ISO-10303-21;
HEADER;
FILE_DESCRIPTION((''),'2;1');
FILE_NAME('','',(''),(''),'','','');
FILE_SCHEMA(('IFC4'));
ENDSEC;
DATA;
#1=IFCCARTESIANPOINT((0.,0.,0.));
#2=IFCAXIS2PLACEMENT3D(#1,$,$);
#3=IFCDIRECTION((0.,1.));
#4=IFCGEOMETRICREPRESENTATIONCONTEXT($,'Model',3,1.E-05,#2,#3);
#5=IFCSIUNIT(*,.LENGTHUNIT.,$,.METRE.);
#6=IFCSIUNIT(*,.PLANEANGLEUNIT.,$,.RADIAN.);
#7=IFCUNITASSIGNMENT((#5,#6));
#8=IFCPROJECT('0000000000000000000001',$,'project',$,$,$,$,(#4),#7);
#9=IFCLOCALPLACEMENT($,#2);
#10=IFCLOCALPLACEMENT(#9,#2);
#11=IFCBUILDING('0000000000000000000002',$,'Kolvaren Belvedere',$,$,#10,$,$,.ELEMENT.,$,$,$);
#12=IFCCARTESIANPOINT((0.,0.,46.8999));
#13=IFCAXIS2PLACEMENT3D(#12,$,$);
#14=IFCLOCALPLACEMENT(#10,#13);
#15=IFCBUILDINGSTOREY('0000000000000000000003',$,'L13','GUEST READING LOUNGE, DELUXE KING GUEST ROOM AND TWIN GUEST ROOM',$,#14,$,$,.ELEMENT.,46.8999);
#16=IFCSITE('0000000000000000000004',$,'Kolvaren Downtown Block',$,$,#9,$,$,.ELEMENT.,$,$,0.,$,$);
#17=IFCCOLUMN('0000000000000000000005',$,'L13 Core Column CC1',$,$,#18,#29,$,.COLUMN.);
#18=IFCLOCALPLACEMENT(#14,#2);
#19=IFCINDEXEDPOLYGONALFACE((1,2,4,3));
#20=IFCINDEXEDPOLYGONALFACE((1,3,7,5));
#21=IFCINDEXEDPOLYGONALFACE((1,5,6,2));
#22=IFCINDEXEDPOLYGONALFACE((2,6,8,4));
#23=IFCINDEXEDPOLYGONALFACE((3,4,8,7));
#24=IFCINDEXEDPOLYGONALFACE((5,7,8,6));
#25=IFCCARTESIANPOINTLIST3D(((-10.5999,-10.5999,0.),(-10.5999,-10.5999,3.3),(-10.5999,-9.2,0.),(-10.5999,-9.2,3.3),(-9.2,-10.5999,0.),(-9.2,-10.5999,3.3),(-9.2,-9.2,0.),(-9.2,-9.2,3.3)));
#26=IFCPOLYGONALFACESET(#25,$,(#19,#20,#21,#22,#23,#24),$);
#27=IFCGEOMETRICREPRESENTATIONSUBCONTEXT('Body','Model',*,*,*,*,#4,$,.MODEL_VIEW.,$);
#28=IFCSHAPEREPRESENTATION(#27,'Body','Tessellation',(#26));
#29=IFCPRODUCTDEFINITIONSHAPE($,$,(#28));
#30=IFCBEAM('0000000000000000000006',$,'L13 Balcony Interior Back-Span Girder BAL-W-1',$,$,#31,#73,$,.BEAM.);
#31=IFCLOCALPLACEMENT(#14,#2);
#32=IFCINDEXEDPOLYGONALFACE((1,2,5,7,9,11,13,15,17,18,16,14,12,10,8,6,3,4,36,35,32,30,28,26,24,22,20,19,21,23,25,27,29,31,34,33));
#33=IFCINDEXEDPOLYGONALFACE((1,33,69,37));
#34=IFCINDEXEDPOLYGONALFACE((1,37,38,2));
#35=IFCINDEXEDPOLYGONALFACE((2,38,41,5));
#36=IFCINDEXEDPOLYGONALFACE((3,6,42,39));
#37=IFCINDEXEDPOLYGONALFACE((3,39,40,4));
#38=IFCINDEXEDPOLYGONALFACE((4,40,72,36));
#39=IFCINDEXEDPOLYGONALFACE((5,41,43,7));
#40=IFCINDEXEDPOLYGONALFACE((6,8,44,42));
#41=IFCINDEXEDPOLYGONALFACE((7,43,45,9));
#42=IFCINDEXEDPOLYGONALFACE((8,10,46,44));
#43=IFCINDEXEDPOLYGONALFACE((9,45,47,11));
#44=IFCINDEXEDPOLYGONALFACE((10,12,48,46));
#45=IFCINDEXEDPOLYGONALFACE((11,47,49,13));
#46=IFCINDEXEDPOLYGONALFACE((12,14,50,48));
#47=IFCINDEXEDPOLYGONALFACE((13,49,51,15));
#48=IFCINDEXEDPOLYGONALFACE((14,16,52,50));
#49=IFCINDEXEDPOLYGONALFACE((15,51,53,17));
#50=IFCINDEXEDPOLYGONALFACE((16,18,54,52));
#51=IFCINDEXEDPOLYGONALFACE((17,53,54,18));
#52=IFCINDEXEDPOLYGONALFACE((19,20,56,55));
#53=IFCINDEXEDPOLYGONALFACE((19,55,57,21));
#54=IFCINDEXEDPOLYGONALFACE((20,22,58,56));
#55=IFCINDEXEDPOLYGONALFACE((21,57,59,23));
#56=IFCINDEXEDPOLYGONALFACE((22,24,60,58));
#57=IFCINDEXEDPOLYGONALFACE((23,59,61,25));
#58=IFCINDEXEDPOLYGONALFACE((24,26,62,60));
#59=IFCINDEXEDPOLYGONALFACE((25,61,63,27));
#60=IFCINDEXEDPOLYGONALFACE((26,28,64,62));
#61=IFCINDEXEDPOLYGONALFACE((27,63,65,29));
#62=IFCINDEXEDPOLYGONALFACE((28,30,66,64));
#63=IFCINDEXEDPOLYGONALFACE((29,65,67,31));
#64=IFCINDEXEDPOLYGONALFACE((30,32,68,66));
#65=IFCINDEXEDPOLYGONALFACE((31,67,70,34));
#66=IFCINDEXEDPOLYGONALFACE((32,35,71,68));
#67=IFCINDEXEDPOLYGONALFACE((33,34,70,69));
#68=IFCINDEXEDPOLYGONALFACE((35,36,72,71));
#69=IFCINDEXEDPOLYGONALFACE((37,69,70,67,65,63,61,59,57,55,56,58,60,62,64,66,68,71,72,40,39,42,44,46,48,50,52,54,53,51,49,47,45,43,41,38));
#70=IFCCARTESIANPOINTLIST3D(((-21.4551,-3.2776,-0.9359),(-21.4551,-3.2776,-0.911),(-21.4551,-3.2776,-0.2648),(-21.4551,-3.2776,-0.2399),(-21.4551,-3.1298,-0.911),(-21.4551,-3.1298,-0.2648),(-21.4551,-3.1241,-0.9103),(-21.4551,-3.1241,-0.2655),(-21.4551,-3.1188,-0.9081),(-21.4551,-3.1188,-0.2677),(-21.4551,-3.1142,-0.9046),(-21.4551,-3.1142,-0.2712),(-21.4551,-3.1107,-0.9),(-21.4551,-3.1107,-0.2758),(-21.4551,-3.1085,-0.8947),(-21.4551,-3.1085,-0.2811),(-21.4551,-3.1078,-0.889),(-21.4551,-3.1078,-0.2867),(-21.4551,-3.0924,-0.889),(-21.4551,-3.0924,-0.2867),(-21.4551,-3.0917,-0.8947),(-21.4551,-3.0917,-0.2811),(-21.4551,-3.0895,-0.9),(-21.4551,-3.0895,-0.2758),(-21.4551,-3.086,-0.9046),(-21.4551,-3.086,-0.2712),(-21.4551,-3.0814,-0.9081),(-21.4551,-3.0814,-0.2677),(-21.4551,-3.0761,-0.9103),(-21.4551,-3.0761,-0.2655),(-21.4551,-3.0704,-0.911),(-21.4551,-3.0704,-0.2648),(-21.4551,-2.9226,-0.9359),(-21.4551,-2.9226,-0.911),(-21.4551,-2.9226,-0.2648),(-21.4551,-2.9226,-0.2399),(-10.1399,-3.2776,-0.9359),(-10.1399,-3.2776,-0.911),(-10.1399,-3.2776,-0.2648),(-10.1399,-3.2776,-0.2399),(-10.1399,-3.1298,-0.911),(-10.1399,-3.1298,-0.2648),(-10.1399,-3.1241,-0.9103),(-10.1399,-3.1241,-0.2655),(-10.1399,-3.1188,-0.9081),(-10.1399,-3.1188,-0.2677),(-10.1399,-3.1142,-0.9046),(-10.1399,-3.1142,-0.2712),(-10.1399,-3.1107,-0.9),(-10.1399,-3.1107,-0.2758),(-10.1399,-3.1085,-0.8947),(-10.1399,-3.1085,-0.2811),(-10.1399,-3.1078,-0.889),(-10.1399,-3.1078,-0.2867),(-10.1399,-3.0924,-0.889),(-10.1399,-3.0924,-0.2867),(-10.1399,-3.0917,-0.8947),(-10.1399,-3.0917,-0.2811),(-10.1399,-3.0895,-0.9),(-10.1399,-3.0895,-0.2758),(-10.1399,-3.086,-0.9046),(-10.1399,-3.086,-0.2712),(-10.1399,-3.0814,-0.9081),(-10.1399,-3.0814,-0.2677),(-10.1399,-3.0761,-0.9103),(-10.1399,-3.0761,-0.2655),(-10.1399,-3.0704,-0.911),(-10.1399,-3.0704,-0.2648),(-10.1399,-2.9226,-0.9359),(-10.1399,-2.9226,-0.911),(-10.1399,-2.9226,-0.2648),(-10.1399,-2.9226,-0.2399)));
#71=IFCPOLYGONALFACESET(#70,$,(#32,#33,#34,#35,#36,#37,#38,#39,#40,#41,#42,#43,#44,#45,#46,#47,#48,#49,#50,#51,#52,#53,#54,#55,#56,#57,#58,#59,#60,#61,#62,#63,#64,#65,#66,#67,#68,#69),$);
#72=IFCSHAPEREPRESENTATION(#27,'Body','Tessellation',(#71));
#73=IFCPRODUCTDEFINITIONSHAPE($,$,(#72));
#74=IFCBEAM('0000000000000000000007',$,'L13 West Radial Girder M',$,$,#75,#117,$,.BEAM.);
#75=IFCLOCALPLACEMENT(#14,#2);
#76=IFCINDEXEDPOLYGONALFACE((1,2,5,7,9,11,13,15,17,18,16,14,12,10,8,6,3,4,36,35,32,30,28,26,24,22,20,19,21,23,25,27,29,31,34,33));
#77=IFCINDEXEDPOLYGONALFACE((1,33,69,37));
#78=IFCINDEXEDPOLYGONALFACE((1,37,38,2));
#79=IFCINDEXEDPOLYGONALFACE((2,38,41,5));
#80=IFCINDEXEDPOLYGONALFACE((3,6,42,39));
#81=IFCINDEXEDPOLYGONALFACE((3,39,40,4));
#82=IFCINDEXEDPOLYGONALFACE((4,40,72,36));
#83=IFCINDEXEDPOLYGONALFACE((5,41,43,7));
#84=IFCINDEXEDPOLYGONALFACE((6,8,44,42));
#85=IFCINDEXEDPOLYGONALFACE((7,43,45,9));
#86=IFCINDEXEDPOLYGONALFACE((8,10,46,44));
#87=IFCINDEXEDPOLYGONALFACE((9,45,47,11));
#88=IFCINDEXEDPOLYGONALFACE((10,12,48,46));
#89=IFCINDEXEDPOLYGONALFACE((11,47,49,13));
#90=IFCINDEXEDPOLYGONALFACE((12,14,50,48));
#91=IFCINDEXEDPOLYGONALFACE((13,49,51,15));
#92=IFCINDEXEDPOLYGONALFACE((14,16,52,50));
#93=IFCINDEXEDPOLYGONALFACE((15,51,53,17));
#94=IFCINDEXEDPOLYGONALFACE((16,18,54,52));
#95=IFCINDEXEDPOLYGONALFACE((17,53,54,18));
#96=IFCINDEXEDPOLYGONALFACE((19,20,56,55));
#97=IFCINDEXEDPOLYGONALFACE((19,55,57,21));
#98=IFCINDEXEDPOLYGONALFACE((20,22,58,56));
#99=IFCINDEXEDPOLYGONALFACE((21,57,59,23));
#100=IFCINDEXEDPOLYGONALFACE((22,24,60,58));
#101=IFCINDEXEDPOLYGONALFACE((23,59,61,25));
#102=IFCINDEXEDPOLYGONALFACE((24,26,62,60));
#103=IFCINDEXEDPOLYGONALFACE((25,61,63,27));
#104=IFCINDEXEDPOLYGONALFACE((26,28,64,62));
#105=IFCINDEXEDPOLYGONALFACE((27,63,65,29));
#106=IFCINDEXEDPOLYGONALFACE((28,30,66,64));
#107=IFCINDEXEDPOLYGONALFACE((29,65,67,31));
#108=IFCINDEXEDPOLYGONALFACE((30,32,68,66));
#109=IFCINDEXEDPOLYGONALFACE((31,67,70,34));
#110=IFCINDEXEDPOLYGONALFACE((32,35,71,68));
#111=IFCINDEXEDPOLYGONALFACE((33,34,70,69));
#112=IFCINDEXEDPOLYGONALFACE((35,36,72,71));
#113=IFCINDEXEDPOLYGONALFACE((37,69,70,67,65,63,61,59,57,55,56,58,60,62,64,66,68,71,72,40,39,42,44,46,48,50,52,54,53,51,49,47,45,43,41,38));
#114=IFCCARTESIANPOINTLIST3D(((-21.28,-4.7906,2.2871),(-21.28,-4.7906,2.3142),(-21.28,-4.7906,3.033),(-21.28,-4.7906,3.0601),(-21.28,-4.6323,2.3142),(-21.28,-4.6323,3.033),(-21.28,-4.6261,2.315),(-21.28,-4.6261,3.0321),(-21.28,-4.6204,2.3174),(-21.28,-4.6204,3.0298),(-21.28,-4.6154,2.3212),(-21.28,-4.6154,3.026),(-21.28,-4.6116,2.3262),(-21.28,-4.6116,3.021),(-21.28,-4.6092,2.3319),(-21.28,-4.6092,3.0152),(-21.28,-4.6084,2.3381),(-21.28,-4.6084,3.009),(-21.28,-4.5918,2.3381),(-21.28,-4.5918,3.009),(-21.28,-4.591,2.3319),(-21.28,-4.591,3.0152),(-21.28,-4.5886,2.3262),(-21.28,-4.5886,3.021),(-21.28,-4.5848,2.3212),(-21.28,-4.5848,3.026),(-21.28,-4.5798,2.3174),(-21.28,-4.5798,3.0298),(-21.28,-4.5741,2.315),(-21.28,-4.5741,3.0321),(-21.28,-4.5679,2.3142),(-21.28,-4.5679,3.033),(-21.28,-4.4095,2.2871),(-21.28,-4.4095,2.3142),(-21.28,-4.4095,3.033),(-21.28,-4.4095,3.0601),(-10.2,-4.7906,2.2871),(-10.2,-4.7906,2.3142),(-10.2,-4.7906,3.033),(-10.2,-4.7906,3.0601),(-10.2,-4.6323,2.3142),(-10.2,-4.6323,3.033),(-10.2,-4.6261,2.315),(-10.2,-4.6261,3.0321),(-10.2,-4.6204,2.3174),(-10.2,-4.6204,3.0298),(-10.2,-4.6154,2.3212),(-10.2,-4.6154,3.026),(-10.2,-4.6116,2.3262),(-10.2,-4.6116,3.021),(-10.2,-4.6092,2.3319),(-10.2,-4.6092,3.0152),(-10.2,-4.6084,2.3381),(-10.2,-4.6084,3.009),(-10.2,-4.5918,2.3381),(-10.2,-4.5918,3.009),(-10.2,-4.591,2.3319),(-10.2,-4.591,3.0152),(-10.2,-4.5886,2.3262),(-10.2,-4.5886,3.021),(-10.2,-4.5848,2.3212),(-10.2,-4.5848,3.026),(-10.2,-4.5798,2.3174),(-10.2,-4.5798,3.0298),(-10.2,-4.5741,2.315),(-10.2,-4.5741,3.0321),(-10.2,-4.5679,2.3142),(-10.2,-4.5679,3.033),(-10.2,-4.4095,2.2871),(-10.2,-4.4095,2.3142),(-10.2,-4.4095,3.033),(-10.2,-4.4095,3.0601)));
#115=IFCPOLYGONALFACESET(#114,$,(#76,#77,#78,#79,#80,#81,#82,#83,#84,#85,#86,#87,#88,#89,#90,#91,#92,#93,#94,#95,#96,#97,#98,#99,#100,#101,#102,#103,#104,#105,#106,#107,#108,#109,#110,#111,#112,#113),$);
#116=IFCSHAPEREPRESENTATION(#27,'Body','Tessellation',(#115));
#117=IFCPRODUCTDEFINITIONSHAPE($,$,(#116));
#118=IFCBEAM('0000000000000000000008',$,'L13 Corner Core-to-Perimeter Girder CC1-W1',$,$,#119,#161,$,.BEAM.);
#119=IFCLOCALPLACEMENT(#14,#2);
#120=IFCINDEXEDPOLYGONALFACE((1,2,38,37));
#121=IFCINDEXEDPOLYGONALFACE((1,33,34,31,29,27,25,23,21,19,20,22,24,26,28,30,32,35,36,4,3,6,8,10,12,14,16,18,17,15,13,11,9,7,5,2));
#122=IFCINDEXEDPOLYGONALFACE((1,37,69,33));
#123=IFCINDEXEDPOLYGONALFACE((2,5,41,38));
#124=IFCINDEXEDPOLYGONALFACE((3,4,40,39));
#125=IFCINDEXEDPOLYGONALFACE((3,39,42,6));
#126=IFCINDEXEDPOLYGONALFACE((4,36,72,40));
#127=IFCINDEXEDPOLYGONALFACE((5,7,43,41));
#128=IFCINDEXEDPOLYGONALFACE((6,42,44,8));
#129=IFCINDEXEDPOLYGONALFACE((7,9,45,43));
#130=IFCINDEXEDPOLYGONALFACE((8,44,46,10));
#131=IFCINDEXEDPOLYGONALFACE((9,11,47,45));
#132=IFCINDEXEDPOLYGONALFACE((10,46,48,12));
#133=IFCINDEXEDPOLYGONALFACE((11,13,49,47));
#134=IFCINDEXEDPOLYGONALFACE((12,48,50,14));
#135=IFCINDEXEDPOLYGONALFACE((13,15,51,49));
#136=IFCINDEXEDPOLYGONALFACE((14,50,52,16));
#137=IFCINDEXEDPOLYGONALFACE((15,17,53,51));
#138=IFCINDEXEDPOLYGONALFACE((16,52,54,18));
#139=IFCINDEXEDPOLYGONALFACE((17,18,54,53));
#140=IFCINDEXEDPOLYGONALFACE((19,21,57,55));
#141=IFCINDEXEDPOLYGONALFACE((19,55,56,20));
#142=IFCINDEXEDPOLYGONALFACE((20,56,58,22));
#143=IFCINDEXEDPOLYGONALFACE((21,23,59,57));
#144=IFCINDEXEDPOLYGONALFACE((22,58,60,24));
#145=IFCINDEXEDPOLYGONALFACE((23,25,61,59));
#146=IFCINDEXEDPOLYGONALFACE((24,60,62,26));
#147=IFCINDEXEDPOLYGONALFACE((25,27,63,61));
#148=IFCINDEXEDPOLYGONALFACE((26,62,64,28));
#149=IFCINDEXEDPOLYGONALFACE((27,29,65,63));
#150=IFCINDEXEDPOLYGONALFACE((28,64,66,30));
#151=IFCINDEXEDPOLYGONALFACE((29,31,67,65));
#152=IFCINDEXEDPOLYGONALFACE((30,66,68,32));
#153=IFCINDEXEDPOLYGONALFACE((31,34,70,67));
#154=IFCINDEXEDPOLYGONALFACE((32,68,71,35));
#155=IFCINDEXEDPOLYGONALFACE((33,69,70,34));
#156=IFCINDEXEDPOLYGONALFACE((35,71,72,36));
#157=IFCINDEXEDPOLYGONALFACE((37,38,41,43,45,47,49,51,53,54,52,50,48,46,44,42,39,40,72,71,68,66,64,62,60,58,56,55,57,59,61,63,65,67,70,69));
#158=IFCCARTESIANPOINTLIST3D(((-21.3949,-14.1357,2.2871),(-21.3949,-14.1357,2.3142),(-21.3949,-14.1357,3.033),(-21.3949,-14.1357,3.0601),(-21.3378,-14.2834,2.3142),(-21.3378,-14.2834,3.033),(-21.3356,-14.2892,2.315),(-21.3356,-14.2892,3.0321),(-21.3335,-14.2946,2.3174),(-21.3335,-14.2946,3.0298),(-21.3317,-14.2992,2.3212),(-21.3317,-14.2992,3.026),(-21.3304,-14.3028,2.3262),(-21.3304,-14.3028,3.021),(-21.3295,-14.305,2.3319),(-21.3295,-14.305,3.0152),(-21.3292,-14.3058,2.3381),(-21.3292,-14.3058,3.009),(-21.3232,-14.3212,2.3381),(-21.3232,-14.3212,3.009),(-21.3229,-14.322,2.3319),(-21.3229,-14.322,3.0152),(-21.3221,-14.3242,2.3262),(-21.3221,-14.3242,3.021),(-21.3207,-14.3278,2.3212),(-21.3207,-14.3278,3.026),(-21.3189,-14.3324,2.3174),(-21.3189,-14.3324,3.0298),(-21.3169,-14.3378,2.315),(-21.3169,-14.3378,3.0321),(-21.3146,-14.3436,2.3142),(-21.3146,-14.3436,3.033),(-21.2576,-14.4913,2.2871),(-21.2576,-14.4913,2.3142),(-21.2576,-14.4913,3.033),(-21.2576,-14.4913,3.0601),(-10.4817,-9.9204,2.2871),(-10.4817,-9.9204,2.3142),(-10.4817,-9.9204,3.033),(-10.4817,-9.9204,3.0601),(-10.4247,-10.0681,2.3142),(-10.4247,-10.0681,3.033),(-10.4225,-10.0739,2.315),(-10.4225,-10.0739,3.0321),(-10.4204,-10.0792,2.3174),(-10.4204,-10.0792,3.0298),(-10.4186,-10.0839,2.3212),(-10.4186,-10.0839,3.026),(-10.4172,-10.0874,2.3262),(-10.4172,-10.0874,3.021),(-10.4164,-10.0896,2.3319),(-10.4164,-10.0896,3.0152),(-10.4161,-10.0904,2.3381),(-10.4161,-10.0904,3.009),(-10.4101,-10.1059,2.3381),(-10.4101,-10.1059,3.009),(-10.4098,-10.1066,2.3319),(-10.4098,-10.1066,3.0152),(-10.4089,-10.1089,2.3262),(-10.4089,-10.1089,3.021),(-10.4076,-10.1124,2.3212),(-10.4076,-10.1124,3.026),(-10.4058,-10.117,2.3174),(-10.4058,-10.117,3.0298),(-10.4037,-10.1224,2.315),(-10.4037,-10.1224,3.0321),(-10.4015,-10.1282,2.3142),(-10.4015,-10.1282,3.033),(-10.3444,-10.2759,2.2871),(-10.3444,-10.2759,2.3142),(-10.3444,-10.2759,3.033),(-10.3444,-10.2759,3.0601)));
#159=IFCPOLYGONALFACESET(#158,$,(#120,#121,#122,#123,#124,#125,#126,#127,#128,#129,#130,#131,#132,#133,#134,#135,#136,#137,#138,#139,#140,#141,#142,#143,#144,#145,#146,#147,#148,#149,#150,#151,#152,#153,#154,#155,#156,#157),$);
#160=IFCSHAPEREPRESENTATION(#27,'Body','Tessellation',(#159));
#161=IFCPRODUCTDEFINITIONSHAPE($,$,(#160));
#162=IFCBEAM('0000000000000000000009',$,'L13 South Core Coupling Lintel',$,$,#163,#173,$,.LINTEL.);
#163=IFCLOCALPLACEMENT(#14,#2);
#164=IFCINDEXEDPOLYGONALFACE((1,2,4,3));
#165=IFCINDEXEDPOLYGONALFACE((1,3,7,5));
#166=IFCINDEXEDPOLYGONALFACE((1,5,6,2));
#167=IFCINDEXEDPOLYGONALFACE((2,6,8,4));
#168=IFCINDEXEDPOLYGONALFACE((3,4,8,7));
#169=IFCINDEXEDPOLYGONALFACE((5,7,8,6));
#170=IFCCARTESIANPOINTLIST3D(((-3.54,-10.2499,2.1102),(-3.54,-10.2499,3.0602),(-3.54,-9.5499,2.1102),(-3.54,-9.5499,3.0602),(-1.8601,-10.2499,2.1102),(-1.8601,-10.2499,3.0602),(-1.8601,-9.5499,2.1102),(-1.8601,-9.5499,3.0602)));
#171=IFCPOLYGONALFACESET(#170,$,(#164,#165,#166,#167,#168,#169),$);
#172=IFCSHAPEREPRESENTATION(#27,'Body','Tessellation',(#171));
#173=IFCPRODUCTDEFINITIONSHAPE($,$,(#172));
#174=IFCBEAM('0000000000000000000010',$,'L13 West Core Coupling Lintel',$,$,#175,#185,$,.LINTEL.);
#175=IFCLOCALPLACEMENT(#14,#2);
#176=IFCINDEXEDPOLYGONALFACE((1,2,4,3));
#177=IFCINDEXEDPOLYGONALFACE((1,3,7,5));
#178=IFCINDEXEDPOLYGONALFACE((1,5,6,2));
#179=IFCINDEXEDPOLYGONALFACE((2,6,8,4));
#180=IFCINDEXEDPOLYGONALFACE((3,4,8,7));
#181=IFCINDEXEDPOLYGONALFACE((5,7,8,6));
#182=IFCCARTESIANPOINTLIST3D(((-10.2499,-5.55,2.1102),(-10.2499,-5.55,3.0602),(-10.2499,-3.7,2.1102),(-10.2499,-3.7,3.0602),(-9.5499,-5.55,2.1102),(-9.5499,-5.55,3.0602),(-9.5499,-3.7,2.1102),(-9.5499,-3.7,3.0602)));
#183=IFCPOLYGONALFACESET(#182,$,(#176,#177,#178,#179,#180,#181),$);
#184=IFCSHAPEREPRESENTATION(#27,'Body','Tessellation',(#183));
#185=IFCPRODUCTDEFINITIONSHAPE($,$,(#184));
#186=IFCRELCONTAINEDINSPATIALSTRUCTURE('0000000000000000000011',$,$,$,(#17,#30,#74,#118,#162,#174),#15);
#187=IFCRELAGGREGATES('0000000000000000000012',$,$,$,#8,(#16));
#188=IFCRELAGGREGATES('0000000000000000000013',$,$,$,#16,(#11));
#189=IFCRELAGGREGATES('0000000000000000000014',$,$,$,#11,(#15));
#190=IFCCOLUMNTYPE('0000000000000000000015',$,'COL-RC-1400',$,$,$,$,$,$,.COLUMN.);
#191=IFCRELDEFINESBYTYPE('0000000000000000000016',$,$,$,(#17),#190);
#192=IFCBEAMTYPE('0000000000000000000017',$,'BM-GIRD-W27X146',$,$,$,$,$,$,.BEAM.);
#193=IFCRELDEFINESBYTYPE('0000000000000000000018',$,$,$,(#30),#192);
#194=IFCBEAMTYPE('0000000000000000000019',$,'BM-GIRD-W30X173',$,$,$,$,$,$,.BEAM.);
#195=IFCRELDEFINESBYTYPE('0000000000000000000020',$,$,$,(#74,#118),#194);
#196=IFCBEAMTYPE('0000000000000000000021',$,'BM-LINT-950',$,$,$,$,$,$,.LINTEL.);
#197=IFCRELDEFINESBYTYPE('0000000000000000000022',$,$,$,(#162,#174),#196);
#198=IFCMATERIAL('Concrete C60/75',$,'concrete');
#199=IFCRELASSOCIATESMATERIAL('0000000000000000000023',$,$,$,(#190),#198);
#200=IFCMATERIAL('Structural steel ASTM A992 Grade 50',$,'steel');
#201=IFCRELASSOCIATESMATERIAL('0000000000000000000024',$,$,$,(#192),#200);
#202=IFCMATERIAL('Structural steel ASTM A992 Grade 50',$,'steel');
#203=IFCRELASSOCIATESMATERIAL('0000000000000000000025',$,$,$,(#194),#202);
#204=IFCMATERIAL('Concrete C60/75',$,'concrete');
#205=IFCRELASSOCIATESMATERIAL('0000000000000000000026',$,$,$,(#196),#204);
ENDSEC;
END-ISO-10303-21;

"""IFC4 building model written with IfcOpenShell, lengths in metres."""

from ifc_helpers import new_model, si_unit, direction, frame, origin, origin_2d, place, context, subcontext, project, spatial, rectangle, i_section, extrude, material, material_profile, profile_set, type_object, element, save


model = new_model("IFC4")

# Units and contexts
model_context = context("Model", 3, precision=1e-05, world=origin(), true_north=direction((0.0, 1.0)))
body_context = subcontext(model_context, "Body", "Model", "MODEL_VIEW")
ifc_project = project(units=[si_unit("LENGTHUNIT", "METRE"), si_unit("PLANEANGLEUNIT", "RADIAN")], contexts=[model_context])

# Site, building, storey
site_placement = place(None, origin())
site = spatial("IfcSite", under=ifc_project, at=site_placement, Name="Kolvaren Downtown Block", CompositionType="ELEMENT", RefElevation=0.0)
building_placement = place(site_placement, origin())
building = spatial("IfcBuilding", under=site, at=building_placement, Name="Kolvaren Belvedere", CompositionType="ELEMENT")
storey_placement = place(building_placement, frame((0.0, 0.0, 46.8999)))
storey = spatial("IfcBuildingStorey", under=building, at=storey_placement, Name="L13", Description="GUEST READING LOUNGE, DELUXE KING GUEST ROOM AND TWIN GUEST ROOM", CompositionType="ELEMENT", Elevation=46.8999)

# Column
ifc_material_1 = material(Name="Concrete C60/75", Category="concrete")
ifc_material_profile_1 = material_profile(ifc_material_1, rectangle(XDim=1.3999, YDim=1.3999, at=origin_2d()), Name="RC 1400X1400")
ifc_profile_set_1 = profile_set([ifc_material_profile_1], Name="Concrete C60/75")
column_type = type_object("IfcColumnType", Name="COL-RC-1400", PredefinedType="COLUMN", material=ifc_profile_set_1)
column_placement = place(storey_placement, frame((-9.8999, -9.8999, 0.0), z_axis=(0.0, 0.0, 1.0), x_axis=(1.0, 0.0, 0.0)))
element("IfcColumn", 1, at=column_placement, inside=storey, type_object=column_type, Name="L13 Core Column CC1", PredefinedType="COLUMN", context=body_context, shape_type="SweptSolid", body=[
    extrude(rectangle(XDim=1.3999, YDim=1.3999, at=origin_2d()), origin(), (0.0, 0.0, 1.0), 3.3),
])

# Beams
ifc_material_2 = material(Name="Structural steel ASTM A992 Grade 50", Category="steel")
ifc_material_profile_2 = material_profile(ifc_material_2, i_section(OverallWidth=0.355, OverallDepth=0.696, WebThickness=0.0154, FlangeThickness=0.0249, FilletRadius=0.022, at=origin_2d()), Name="W27X146")
ifc_profile_set_2 = profile_set([ifc_material_profile_2], Name="Structural steel ASTM A992 Grade 50")
beam_type_1 = type_object("IfcBeamType", Name="BM-GIRD-W27X146", PredefinedType="BEAM", material=ifc_profile_set_2)
beam_1_placement = place(storey_placement, frame((-10.1399, -3.1001, -0.5879), z_axis=(-1.0, 0.0, 0.0), x_axis=(0.0, -1.0, 0.0)))
element("IfcBeam", 2, at=beam_1_placement, inside=storey, type_object=beam_type_1, Name="L13 Balcony Interior Back-Span Girder BAL-W-1", PredefinedType="BEAM", context=body_context, shape_type="SweptSolid", body=[
    extrude(i_section(OverallWidth=0.355, OverallDepth=0.696, WebThickness=0.0154, FlangeThickness=0.0249, FilletRadius=0.022, at=origin_2d()), origin(), (0.0, 0.0, 1.0), 11.3152),
])
ifc_material_3 = material(Name="Structural steel ASTM A992 Grade 50", Category="steel")
ifc_material_profile_3 = material_profile(ifc_material_3, i_section(OverallWidth=0.3811, OverallDepth=0.7729, WebThickness=0.0166, FlangeThickness=0.0271, FilletRadius=0.0239, at=origin_2d()), Name="W30X173")
ifc_profile_set_3 = profile_set([ifc_material_profile_3], Name="Structural steel ASTM A992 Grade 50")
beam_type_2 = type_object("IfcBeamType", Name="BM-GIRD-W30X173", PredefinedType="BEAM", material=ifc_profile_set_3)
beam_2_placement = place(storey_placement, frame((-10.2, -4.6001, 2.6736), z_axis=(-1.0, 0.0, 0.0), x_axis=(0.0, -1.0, 0.0)))
element("IfcBeam", 3, at=beam_2_placement, inside=storey, type_object=beam_type_2, Name="L13 West Radial Girder M", PredefinedType="BEAM", context=body_context, shape_type="SweptSolid", body=[
    extrude(i_section(OverallWidth=0.3811, OverallDepth=0.7729, WebThickness=0.0166, FlangeThickness=0.0271, FilletRadius=0.0239, at=origin_2d()), origin(), (0.0, 0.0, 1.0), 11.0801),
])
beam_3_placement = place(storey_placement, frame((-10.4131, -10.0981, 2.6736), z_axis=(-0.932829, -0.360318, 0.0), x_axis=(0.360318, -0.932829, 0.0)))
element("IfcBeam", 4, at=beam_3_placement, inside=storey, type_object=beam_type_2, Name="L13 Corner Core-to-Perimeter Girder CC1-W1", PredefinedType="BEAM", context=body_context, shape_type="SweptSolid", body=[
    extrude(i_section(OverallWidth=0.3811, OverallDepth=0.7729, WebThickness=0.0166, FlangeThickness=0.0271, FilletRadius=0.0239, at=origin_2d()), origin(), (0.0, 0.0, 1.0), 11.699),
])
ifc_material_4 = material(Name="Concrete C60/75", Category="concrete")
ifc_material_profile_4 = material_profile(ifc_material_4, rectangle(XDim=0.7, YDim=0.95, at=origin_2d()), Name="RC 700X950")
ifc_profile_set_4 = profile_set([ifc_material_profile_4], Name="Concrete C60/75")
beam_type_3 = type_object("IfcBeamType", Name="BM-LINT-950", PredefinedType="LINTEL", material=ifc_profile_set_4)
beam_4_placement = place(storey_placement, frame((-3.54, -9.8999, 2.5852), z_axis=(1.0, 0.0, 0.0), x_axis=(0.0, 1.0, 0.0)))
element("IfcBeam", 5, at=beam_4_placement, inside=storey, type_object=beam_type_3, Name="L13 South Core Coupling Lintel", PredefinedType="LINTEL", context=body_context, shape_type="SweptSolid", body=[
    extrude(rectangle(XDim=0.7, YDim=0.95, at=origin_2d()), origin(), (0.0, 0.0, 1.0), 1.6799),
])
beam_5_placement = place(storey_placement, frame((-9.8999, -5.55, 2.5852), z_axis=(0.0, 1.0, 0.0), x_axis=(-1.0, 0.0, 0.0)))
element("IfcBeam", 6, at=beam_5_placement, inside=storey, type_object=beam_type_3, Name="L13 West Core Coupling Lintel", PredefinedType="LINTEL", context=body_context, shape_type="SweptSolid", body=[
    extrude(rectangle(XDim=0.7, YDim=0.95, at=origin_2d()), origin(), (0.0, 0.0, 1.0), 1.8501),
])

save(model, "model.ifc")
